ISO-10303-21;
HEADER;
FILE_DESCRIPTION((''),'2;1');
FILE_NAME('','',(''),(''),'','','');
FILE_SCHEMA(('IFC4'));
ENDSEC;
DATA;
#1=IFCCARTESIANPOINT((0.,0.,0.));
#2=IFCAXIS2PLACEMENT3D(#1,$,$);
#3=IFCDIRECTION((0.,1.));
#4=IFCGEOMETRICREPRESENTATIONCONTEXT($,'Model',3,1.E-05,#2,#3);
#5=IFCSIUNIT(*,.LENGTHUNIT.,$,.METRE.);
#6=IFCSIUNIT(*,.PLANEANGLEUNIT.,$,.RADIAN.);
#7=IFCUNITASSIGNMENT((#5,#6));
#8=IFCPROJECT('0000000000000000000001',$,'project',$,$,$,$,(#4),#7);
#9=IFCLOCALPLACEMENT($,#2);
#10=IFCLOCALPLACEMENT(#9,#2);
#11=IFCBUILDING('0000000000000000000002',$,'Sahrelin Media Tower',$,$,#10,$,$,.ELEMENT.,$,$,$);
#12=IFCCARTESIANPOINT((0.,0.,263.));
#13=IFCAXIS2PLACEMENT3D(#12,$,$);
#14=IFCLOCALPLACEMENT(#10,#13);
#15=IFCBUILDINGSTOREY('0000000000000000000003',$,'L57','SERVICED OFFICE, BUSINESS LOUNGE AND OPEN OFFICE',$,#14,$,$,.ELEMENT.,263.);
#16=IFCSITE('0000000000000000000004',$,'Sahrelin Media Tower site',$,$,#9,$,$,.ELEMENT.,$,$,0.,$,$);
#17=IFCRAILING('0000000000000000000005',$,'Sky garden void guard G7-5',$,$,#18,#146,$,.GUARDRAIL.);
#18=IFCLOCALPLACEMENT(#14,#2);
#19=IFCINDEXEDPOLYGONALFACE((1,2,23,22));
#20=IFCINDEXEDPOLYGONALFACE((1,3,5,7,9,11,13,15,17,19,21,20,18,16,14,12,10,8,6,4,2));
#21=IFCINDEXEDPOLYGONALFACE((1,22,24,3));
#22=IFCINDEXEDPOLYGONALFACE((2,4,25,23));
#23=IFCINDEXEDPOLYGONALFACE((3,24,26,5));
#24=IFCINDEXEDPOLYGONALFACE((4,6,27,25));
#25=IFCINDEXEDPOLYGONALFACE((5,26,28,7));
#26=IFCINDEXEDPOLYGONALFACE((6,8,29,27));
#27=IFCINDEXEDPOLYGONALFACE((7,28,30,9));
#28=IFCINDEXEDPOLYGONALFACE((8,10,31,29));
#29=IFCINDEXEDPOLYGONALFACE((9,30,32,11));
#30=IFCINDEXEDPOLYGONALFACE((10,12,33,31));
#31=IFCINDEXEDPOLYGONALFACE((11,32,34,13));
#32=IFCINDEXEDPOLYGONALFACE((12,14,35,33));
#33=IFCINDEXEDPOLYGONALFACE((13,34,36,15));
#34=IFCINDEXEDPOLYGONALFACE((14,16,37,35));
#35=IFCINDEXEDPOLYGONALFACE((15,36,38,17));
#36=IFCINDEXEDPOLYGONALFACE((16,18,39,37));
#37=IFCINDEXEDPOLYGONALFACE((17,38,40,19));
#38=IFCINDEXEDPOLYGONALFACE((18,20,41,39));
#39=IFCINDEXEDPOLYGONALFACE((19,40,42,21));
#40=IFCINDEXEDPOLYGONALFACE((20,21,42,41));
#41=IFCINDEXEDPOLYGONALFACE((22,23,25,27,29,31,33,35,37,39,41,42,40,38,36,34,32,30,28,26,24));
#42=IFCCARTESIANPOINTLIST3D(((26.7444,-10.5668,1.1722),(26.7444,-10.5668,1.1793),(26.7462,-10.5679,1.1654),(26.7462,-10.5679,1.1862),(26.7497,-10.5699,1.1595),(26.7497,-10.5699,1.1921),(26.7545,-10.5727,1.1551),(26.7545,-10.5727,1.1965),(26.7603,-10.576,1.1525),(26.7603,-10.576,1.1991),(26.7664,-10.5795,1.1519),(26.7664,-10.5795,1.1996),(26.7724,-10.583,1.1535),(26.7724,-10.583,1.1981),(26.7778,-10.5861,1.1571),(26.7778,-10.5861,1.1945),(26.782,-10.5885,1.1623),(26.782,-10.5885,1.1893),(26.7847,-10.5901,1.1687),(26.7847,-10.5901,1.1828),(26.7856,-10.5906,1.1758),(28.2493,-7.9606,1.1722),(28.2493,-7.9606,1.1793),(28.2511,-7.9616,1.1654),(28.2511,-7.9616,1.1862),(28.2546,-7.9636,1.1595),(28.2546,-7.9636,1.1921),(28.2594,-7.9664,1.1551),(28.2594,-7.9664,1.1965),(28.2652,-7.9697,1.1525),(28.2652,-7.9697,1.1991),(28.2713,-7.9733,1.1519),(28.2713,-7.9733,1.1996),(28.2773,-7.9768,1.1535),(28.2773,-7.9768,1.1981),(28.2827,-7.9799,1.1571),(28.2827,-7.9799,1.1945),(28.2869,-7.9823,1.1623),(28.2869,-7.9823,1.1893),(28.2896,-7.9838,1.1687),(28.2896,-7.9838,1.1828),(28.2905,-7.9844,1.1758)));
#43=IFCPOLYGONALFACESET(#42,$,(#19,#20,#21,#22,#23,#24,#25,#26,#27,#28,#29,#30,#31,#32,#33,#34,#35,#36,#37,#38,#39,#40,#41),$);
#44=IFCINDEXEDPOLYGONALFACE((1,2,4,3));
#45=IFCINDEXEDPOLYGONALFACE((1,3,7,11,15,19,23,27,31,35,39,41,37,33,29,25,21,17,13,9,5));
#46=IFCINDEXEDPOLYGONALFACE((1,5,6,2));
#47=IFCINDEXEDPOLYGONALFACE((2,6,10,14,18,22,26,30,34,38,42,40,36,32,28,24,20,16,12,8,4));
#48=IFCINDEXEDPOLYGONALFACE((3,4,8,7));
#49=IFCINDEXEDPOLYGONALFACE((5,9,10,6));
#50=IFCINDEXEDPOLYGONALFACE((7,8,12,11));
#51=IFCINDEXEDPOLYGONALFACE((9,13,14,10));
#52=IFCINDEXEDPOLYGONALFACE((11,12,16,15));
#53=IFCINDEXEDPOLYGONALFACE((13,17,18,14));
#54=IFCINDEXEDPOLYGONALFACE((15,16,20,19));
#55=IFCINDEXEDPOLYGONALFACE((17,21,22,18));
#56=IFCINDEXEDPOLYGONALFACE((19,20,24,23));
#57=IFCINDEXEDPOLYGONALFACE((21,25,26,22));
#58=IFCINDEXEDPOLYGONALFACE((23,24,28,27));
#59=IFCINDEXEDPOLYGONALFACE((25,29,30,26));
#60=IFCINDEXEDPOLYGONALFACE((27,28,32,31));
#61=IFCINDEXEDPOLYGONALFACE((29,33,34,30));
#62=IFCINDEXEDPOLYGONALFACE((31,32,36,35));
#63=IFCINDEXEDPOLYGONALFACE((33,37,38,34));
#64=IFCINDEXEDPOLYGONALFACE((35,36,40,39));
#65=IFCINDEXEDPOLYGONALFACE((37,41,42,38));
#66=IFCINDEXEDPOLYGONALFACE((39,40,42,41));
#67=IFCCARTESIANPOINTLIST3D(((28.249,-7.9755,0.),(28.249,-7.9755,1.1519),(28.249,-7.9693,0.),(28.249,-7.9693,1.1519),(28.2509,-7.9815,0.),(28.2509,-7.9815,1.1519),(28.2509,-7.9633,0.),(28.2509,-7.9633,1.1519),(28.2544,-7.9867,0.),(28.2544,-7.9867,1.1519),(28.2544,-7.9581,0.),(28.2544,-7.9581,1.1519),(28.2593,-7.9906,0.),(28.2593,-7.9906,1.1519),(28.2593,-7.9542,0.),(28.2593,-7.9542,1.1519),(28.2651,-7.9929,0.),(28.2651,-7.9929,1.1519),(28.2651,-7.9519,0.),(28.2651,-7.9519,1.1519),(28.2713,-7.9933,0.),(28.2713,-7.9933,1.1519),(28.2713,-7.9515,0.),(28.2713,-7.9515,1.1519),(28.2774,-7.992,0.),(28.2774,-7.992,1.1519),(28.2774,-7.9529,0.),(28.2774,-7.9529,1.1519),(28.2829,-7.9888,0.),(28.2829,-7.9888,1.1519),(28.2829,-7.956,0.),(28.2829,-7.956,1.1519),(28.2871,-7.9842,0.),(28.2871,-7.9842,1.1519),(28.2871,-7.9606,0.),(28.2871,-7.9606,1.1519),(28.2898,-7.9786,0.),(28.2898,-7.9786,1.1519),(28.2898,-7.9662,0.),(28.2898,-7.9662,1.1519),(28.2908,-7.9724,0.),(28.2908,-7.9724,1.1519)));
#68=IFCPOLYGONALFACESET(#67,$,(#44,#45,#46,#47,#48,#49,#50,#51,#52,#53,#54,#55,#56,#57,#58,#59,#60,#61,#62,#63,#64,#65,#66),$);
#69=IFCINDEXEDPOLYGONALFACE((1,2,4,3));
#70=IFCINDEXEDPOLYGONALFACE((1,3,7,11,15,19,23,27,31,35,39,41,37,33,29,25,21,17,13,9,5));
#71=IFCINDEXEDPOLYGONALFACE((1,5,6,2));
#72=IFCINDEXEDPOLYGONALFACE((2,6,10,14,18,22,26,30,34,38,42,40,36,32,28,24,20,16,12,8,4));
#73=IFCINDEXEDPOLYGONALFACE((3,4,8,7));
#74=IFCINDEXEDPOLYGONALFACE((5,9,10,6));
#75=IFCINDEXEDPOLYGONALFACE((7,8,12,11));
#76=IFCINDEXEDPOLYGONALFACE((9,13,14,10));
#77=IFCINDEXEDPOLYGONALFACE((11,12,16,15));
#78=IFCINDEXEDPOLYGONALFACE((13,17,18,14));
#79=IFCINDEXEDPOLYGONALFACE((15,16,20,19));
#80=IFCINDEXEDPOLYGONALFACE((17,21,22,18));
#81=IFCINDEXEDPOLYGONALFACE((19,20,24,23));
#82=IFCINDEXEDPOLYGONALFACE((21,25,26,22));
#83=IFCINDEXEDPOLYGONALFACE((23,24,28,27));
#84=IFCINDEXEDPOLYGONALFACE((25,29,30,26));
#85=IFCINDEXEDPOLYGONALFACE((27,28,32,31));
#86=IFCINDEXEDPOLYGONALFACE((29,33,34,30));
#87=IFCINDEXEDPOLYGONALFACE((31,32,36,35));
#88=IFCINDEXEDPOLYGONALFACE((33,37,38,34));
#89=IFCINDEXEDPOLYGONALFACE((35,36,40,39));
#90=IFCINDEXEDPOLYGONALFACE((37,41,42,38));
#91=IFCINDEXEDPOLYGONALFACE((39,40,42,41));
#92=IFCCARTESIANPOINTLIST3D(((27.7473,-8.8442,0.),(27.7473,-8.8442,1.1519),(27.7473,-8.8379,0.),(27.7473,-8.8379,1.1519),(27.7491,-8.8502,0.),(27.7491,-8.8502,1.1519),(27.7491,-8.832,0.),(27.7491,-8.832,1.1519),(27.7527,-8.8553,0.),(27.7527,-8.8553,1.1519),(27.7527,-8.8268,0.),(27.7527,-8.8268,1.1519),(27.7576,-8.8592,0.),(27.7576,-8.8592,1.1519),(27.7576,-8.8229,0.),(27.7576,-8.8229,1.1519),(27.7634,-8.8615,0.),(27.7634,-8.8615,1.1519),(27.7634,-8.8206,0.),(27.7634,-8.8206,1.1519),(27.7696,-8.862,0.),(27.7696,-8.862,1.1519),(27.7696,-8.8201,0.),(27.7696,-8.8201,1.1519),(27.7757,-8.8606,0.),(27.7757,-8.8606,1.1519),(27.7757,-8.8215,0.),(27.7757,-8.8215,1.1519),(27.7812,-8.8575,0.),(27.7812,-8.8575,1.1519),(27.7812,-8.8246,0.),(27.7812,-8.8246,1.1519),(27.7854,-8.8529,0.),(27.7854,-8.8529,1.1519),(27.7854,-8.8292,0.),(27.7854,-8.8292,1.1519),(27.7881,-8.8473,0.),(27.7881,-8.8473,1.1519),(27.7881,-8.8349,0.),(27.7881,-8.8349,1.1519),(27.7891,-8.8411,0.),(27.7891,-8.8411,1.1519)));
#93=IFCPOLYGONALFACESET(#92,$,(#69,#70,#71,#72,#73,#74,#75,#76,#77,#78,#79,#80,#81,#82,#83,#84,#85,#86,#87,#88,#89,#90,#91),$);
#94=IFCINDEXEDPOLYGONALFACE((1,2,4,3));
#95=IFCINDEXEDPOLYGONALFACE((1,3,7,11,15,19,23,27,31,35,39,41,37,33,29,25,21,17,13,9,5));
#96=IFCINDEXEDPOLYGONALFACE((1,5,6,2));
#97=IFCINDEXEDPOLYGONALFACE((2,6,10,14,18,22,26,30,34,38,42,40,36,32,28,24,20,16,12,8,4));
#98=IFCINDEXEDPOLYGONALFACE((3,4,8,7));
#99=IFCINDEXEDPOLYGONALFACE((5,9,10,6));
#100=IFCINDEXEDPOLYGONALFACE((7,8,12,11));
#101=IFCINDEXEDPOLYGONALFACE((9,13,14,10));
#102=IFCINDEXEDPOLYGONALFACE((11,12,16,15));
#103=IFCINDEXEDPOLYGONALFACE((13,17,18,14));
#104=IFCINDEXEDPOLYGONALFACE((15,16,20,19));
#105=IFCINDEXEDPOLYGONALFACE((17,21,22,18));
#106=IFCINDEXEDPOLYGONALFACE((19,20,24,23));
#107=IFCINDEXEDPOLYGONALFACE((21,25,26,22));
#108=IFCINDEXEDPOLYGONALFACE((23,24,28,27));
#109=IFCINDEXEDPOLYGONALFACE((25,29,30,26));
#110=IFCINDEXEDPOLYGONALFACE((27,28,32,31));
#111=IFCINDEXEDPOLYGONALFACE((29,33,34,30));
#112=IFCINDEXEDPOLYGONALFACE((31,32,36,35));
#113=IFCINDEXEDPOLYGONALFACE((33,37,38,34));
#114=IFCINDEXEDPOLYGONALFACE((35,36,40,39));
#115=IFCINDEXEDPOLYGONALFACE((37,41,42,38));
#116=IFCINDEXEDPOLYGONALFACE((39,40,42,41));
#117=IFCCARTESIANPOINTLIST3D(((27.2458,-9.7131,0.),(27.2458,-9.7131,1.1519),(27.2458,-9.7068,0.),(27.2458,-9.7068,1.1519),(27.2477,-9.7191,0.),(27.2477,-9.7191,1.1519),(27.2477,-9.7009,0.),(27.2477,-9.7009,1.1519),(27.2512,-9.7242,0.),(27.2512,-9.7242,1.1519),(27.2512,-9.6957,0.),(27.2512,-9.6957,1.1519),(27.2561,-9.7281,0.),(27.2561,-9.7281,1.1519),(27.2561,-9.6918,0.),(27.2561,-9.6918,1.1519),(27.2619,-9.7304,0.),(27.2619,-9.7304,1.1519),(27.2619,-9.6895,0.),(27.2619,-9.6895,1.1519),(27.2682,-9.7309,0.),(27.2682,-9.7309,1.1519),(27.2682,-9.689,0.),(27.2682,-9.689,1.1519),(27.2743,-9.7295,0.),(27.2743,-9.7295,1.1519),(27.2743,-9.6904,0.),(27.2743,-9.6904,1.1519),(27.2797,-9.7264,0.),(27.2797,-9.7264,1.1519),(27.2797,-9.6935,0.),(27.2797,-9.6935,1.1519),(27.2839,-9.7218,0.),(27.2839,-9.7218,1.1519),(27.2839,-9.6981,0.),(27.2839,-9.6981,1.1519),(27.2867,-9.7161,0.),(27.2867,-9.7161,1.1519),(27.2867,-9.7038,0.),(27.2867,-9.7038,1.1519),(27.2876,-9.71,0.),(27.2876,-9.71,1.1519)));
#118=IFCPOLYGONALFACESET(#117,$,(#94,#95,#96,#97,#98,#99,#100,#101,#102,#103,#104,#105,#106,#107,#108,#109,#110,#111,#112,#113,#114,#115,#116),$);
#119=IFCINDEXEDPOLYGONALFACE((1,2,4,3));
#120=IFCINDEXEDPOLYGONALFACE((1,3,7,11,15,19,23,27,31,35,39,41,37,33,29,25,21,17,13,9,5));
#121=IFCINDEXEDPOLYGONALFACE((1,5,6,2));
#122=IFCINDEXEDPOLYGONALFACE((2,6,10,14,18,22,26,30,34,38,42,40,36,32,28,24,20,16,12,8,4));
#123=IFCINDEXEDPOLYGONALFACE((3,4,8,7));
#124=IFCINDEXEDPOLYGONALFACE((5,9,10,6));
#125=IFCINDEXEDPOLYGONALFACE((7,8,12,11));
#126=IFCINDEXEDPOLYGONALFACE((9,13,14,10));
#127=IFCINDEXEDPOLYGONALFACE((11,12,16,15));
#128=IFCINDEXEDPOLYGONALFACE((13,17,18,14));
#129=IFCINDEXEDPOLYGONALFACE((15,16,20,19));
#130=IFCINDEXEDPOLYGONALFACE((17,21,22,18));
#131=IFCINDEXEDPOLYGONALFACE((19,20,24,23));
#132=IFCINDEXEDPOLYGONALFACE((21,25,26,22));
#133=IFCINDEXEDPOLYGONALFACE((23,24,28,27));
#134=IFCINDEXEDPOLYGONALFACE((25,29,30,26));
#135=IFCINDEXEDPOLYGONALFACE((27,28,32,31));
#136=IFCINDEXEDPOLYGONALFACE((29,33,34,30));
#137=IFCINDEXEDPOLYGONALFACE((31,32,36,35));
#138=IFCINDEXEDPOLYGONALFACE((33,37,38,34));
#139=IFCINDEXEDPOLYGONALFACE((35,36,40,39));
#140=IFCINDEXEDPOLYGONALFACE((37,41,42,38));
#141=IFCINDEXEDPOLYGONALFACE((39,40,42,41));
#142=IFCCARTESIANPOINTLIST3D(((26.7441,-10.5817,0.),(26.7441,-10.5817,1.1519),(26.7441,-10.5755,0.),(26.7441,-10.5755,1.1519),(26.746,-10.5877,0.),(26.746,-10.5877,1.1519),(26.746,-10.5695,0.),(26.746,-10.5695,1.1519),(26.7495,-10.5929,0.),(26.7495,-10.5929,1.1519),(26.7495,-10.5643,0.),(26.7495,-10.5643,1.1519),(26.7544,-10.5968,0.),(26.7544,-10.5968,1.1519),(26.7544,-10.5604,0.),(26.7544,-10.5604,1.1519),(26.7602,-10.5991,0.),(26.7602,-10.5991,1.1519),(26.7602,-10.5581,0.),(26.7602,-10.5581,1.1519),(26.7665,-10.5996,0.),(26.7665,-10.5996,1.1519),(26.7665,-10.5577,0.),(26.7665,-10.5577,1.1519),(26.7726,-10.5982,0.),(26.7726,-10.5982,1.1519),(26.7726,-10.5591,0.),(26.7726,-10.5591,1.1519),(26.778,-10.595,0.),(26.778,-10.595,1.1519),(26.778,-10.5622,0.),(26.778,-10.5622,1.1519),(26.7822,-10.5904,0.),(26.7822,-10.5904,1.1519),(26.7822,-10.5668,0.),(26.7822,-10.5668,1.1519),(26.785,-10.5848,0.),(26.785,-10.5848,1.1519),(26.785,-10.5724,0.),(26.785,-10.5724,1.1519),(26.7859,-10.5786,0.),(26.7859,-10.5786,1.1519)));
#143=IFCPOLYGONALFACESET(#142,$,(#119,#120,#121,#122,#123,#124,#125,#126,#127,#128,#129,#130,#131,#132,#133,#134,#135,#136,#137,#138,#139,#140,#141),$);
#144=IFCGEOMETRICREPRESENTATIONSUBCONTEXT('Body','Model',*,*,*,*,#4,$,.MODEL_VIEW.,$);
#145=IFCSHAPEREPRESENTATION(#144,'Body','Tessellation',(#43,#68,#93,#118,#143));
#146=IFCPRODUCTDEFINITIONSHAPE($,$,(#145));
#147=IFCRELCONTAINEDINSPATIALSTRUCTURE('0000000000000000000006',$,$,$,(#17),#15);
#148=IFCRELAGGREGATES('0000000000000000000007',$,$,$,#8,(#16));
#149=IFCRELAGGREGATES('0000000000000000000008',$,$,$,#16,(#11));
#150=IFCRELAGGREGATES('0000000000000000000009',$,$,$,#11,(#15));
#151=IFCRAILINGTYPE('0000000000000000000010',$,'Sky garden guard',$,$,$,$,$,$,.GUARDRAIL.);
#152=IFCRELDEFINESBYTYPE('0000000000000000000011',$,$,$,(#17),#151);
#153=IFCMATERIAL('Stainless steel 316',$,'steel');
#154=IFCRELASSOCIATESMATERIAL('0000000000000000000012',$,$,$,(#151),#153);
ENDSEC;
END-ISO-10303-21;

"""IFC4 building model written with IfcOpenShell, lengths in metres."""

from ifc_helpers import new_model, si_unit, direction, frame, origin, origin_2d, place, context, subcontext, project, spatial, circle, extrude, material, type_object, element, save


model = new_model("IFC4")

# Units and contexts
model_context = context("Model", 3, precision=1e-05, world=origin(), true_north=direction((0.0, 1.0)))
body_context = subcontext(model_context, "Body", "Model", "MODEL_VIEW")
ifc_project = project(units=[si_unit("LENGTHUNIT", "METRE"), si_unit("PLANEANGLEUNIT", "RADIAN")], contexts=[model_context])

# Site, building, storey
site_placement = place(None, origin())
site = spatial("IfcSite", under=ifc_project, at=site_placement, Name="Sahrelin Media Tower site", CompositionType="ELEMENT", RefElevation=0.0)
building_placement = place(site_placement, origin())
building = spatial("IfcBuilding", under=site, at=building_placement, Name="Sahrelin Media Tower", CompositionType="ELEMENT")
storey_placement = place(building_placement, frame((0.0, 0.0, 263.0)))
storey = spatial("IfcBuildingStorey", under=building, at=storey_placement, Name="L57", Description="SERVICED OFFICE, BUSINESS LOUNGE AND OPEN OFFICE", CompositionType="ELEMENT", Elevation=263.0)

# Railing
ifc_material_1 = material(Name="Stainless steel 316", Category="steel")
railing_type = type_object("IfcRailingType", Name="Sky garden guard", PredefinedType="GUARDRAIL", material=ifc_material_1)
railing_1_placement = place(storey_placement, frame((28.2698, -7.9724, 0.0)))
element("IfcRailing", 1, at=railing_1_placement, inside=storey, type_object=railing_type, Name="Sky garden void guard G7-5", PredefinedType="GUARDRAIL", context=body_context, shape_type="SweptSolid", body=[
    extrude(circle(Radius=0.0239, at=origin_2d()), frame((0.0, 0.0, 1.1758), z_axis=(-0.500048, -0.865998, 0.0), x_axis=(0.865998, -0.500048, 0.0)), (0.0, 0.0, 1.0), 3.0095),
    extrude(circle(Radius=0.021, at=origin_2d()), origin(), (0.0, 0.0, 1.0), 1.1519),
    extrude(circle(Radius=0.021, at=origin_2d()), frame((-0.5017, -0.8687, 0.0)), (0.0, 0.0, 1.0), 1.1519),
    extrude(circle(Radius=0.021, at=origin_2d()), frame((-1.0032, -1.7375, 0.0)), (0.0, 0.0, 1.0), 1.1519),
    extrude(circle(Radius=0.021, at=origin_2d()), frame((-1.5049, -2.6062, 0.0)), (0.0, 0.0, 1.0), 1.1519),
])

save(model, "model.ifc")
